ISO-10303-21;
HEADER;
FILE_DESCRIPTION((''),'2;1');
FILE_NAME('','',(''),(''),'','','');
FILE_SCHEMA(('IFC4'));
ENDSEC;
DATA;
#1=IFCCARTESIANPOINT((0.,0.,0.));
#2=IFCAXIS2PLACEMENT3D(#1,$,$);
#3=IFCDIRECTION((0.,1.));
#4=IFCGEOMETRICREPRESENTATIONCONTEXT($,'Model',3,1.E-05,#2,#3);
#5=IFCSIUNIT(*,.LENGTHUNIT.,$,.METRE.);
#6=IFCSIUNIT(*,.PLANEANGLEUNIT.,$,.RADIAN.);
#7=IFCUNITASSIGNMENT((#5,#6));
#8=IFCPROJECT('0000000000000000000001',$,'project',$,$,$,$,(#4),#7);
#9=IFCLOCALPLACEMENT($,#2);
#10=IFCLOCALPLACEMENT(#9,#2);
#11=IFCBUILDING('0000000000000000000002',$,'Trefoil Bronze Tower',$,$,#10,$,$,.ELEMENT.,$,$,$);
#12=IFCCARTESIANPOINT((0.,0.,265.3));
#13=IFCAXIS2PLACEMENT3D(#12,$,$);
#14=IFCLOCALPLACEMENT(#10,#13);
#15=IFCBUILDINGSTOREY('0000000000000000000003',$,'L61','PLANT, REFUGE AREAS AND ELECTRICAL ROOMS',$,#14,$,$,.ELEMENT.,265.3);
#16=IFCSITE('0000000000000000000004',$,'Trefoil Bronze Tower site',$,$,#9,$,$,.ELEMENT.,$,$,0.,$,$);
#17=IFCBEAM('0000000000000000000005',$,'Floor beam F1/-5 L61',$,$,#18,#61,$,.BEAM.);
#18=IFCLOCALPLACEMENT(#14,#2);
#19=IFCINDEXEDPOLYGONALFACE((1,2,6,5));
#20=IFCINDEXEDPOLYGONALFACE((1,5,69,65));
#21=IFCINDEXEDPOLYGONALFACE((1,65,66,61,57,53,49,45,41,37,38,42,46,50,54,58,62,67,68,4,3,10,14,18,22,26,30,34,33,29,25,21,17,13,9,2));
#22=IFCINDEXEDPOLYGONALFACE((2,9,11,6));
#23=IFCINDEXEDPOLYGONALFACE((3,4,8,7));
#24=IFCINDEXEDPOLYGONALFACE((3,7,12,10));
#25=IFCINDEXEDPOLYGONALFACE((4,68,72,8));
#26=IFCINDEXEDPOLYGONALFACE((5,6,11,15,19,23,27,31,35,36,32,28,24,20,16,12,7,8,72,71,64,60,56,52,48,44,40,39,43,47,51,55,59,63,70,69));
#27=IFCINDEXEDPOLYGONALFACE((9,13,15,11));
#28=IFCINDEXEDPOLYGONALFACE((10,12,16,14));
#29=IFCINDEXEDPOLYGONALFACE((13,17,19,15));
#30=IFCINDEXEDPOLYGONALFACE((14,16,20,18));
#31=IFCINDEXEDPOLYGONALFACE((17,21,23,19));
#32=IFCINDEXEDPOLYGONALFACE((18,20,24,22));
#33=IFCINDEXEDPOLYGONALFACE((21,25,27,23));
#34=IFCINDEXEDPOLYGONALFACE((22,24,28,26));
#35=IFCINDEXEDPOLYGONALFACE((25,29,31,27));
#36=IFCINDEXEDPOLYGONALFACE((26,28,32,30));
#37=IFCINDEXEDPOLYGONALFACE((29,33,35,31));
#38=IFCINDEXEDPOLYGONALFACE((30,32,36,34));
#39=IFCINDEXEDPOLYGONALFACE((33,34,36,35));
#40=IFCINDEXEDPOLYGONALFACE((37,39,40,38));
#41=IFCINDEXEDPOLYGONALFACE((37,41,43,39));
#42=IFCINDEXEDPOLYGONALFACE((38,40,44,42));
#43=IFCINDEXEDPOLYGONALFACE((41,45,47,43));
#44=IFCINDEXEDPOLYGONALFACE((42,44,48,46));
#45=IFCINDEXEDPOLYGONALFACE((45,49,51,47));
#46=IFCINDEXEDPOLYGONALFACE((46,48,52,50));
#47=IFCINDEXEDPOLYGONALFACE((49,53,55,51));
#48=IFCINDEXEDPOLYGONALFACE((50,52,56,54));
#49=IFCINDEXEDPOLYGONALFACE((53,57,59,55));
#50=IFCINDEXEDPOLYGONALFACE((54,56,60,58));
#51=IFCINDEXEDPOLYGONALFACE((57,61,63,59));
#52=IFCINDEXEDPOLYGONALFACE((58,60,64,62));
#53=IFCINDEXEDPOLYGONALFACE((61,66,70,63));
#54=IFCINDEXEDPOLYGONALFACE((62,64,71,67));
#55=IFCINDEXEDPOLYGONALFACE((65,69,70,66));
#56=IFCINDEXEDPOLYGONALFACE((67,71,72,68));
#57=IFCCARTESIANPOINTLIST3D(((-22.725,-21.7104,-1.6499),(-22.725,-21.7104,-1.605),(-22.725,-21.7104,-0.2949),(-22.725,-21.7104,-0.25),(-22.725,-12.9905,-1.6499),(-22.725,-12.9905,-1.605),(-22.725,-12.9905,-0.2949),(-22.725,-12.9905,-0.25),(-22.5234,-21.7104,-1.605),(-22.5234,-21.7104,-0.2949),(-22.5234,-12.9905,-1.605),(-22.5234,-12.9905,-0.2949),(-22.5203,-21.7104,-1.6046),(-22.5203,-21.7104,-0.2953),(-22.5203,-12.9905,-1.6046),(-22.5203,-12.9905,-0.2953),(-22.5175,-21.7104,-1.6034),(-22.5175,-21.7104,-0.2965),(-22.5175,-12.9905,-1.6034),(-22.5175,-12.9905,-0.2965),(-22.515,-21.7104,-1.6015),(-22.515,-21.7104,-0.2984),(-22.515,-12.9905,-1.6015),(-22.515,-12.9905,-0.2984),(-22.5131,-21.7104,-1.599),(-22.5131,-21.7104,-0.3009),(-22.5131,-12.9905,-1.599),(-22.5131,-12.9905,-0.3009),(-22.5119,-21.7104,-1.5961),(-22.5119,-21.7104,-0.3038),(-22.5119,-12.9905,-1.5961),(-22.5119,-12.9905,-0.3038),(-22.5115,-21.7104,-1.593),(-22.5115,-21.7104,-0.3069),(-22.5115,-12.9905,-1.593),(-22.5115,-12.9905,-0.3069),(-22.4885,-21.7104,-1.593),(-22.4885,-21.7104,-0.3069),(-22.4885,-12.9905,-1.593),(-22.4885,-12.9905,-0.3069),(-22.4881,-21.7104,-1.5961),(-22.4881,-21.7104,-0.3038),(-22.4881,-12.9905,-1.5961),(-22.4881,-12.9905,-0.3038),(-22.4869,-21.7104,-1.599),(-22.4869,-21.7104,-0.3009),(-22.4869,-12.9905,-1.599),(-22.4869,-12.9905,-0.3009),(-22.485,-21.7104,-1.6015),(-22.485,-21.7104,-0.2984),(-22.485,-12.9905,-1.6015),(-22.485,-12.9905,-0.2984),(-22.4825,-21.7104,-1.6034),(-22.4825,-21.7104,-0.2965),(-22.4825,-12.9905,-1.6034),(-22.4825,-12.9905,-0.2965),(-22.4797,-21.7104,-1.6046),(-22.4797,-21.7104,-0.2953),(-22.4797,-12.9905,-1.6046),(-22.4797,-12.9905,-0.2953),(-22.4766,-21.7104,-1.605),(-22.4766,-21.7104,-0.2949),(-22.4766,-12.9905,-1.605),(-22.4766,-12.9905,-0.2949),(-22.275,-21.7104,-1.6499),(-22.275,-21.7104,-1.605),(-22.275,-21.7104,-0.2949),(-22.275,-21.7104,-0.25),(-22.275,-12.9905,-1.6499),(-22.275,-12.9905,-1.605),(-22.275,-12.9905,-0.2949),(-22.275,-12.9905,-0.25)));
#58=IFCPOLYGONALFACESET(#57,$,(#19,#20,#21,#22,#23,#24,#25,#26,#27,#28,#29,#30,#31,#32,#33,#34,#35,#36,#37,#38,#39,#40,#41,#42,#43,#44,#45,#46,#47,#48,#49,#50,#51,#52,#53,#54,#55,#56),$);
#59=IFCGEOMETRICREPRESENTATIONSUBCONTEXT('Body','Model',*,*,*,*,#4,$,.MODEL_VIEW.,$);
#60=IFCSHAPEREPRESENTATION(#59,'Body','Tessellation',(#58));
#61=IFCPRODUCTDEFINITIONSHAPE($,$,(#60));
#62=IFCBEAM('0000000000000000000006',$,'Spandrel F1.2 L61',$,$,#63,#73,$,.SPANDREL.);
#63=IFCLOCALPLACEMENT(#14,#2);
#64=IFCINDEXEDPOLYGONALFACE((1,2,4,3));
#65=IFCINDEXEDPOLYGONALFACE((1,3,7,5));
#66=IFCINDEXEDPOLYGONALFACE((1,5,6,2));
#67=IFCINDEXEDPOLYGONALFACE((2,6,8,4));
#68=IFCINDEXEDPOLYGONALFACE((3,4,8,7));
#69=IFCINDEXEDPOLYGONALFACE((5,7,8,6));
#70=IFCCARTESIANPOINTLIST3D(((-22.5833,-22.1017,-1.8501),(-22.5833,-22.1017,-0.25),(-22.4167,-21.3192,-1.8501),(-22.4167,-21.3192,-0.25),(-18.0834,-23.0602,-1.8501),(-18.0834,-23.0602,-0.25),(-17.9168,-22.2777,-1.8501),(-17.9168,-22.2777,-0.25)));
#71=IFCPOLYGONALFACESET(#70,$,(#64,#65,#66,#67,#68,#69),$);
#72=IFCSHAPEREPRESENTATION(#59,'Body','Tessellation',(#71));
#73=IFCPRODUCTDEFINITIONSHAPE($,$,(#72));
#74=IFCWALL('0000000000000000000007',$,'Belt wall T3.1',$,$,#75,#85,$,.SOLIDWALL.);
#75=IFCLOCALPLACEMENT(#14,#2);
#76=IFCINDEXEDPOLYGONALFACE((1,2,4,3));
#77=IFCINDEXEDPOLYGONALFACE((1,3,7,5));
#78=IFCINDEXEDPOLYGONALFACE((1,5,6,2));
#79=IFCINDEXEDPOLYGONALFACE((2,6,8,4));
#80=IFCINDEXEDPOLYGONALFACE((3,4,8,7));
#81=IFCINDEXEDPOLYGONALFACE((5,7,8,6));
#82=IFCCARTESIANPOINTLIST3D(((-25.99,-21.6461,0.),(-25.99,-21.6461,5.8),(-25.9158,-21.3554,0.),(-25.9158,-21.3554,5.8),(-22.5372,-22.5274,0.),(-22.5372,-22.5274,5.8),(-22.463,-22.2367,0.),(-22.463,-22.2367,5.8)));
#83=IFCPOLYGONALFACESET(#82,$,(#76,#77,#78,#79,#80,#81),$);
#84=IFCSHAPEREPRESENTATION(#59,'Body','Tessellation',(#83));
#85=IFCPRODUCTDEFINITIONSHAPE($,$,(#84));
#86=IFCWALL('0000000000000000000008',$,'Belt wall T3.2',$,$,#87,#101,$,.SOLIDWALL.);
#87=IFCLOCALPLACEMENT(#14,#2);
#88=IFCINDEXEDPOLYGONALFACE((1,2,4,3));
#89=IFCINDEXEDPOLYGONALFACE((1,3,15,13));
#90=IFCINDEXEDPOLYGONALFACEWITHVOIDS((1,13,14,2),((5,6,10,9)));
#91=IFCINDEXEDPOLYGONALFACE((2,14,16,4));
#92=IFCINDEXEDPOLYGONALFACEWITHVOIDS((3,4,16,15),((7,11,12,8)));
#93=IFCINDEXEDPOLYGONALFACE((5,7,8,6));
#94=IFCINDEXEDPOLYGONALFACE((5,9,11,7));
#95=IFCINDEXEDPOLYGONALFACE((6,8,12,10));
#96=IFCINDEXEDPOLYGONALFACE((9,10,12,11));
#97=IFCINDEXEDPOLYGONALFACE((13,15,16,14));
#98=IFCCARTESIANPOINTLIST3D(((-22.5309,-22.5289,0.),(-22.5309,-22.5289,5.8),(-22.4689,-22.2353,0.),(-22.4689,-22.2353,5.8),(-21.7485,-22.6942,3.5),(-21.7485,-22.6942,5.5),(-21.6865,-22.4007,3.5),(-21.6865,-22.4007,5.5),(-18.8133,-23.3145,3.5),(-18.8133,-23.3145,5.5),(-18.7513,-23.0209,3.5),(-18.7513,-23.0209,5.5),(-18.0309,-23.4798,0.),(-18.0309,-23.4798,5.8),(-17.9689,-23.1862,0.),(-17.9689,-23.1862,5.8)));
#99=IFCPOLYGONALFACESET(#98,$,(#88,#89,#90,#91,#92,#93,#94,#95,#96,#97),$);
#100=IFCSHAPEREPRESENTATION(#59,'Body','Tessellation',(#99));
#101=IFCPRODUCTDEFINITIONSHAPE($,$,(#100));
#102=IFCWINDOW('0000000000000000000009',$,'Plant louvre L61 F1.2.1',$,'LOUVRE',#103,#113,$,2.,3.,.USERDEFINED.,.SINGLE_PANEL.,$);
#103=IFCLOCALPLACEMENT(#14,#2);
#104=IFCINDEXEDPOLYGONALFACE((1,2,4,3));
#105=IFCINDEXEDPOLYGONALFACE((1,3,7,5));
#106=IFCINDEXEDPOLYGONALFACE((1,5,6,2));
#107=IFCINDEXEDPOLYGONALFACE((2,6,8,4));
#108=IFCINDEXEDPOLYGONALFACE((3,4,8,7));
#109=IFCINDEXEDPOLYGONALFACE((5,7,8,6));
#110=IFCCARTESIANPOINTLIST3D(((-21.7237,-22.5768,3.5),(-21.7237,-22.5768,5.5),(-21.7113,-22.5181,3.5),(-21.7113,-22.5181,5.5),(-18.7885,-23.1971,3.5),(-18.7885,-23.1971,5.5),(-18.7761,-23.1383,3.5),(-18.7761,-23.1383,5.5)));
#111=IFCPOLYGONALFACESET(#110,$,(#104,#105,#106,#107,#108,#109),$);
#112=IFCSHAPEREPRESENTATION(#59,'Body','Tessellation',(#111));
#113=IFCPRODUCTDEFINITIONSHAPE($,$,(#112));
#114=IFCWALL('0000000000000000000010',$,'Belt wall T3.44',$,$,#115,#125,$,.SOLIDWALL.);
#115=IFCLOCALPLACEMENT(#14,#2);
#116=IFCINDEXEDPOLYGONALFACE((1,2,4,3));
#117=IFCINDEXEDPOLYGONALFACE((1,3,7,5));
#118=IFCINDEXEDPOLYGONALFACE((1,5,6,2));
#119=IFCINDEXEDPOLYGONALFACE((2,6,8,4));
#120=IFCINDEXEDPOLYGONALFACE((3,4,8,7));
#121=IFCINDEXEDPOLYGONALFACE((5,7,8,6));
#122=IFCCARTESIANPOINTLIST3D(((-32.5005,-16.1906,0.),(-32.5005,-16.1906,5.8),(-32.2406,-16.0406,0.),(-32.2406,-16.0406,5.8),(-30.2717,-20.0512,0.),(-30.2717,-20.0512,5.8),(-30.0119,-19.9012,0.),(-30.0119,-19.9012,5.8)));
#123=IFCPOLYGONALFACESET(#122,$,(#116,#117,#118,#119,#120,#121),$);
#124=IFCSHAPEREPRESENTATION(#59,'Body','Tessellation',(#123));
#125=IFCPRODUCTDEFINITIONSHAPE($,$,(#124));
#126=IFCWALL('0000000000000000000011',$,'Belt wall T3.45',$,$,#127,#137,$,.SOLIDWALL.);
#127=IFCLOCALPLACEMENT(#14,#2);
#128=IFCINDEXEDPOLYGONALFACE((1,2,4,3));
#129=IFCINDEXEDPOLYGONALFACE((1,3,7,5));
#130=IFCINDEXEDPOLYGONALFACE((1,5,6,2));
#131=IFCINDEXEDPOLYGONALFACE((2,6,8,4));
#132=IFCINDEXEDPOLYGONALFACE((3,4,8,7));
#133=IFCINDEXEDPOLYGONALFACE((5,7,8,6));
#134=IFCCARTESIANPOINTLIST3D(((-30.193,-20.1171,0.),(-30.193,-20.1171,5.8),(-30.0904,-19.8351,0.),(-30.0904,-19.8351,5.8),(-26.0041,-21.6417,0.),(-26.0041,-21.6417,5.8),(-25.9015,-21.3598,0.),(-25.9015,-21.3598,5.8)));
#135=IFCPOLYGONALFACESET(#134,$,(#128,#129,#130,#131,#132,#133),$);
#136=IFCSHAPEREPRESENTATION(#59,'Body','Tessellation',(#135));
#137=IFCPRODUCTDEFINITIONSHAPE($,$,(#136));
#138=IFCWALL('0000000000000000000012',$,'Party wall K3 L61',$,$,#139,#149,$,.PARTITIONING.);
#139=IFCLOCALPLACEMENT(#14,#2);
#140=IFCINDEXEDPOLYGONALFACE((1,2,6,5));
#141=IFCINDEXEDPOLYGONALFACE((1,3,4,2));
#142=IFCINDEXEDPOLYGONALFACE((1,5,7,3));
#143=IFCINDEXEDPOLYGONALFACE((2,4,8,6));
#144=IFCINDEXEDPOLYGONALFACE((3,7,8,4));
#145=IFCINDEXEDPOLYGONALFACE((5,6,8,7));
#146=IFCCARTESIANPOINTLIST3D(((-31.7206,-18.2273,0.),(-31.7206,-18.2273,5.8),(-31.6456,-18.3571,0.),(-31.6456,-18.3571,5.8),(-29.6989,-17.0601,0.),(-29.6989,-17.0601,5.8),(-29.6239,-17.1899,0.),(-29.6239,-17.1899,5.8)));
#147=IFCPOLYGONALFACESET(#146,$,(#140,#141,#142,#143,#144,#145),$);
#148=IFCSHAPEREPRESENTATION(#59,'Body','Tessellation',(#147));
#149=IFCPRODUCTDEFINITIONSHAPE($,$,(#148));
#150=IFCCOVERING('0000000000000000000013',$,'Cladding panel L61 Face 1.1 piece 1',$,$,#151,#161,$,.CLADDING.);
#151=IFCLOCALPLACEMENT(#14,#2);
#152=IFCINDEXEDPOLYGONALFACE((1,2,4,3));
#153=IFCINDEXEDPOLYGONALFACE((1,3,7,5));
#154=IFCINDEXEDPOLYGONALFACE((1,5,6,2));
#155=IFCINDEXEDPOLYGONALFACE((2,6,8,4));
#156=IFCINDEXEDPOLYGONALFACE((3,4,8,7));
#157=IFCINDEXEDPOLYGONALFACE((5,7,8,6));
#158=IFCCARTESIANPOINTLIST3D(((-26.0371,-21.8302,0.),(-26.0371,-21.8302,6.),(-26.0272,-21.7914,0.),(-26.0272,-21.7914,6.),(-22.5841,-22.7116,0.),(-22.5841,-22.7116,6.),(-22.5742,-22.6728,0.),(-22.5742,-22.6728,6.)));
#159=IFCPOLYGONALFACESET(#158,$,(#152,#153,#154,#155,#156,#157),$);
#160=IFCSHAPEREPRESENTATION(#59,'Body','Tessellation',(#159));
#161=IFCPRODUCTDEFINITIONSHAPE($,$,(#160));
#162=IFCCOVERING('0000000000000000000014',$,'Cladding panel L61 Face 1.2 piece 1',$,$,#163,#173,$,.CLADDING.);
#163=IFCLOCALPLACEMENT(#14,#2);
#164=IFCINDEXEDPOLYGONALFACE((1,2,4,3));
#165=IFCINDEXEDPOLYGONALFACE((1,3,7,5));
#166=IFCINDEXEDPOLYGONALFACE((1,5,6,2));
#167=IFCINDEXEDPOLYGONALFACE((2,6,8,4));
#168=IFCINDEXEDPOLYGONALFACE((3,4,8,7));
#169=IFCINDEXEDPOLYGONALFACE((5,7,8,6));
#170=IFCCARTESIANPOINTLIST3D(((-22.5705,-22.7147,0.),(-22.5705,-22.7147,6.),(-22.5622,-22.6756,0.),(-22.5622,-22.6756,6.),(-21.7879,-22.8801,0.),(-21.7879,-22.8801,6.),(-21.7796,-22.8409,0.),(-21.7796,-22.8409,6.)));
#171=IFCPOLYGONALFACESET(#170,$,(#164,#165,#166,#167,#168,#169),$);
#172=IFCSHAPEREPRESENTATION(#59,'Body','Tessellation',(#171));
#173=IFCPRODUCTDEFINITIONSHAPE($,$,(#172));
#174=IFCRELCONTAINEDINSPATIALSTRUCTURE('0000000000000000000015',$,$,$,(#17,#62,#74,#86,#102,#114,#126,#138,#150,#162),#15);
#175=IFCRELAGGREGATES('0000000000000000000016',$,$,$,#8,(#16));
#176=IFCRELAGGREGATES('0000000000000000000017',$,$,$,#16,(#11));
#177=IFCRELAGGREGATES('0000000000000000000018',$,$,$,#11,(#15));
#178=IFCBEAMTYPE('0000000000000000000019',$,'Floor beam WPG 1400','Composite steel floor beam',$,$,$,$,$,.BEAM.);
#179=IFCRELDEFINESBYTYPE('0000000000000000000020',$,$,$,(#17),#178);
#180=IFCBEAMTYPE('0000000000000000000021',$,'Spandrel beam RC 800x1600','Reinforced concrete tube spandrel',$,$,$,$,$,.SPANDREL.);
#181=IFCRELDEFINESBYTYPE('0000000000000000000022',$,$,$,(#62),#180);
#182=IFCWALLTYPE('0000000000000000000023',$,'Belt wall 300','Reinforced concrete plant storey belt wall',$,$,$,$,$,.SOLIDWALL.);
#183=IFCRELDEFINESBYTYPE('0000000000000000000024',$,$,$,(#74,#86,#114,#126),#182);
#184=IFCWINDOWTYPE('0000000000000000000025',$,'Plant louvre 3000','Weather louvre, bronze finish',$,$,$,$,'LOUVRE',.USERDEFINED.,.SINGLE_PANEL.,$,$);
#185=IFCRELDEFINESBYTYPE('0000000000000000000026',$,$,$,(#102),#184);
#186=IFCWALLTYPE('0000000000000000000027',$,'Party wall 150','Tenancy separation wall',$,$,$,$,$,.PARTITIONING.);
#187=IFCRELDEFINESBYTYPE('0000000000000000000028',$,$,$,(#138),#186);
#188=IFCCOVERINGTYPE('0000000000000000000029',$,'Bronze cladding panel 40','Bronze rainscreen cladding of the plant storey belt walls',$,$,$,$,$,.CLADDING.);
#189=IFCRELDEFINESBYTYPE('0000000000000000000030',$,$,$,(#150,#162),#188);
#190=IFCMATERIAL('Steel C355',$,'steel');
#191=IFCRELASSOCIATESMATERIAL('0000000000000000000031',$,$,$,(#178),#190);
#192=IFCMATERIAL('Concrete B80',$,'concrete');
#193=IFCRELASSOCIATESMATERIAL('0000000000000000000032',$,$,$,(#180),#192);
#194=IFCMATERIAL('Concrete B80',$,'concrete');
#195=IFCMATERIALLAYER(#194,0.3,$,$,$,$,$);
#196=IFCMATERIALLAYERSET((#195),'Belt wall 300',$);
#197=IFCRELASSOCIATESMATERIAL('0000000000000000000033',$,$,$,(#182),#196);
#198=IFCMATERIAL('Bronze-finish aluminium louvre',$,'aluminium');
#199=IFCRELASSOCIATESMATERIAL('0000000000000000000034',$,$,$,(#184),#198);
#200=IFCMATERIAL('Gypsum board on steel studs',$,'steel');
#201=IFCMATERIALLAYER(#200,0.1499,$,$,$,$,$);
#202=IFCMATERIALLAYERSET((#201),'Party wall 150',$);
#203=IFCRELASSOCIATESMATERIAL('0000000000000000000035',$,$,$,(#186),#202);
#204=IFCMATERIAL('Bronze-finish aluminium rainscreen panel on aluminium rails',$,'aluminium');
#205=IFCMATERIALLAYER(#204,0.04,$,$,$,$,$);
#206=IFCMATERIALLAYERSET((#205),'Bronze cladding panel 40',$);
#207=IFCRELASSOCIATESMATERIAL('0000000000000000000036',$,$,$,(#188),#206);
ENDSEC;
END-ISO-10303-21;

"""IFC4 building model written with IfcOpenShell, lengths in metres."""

from ifc_helpers import new_model, si_unit, direction, frame, frame_2d, origin, origin_2d, place, context, subcontext, project, spatial, rectangle, i_section, extrude, material, layer, layer_set, material_profile, profile_set, type_object, element, fill, save


model = new_model("IFC4")

# Units and contexts
model_context = context("Model", 3, precision=1e-05, world=origin(), true_north=direction((0.0, 1.0)))
body_context = subcontext(model_context, "Body", "Model", "MODEL_VIEW")
ifc_project = project(units=[si_unit("LENGTHUNIT", "METRE"), si_unit("PLANEANGLEUNIT", "RADIAN")], contexts=[model_context])

# Site, building, storey
site_placement = place(None, origin())
site = spatial("IfcSite", under=ifc_project, at=site_placement, Name="Trefoil Bronze Tower site", CompositionType="ELEMENT", RefElevation=0.0)
building_placement = place(site_placement, origin())
building = spatial("IfcBuilding", under=site, at=building_placement, Name="Trefoil Bronze Tower", CompositionType="ELEMENT")
storey_placement = place(building_placement, frame((0.0, 0.0, 265.3)))
storey = spatial("IfcBuildingStorey", under=building, at=storey_placement, Name="L61", Description="PLANT, REFUGE AREAS AND ELECTRICAL ROOMS", CompositionType="ELEMENT", Elevation=265.3)

# Beams
ifc_material_1 = material(Name="Steel C355", Category="steel")
ifc_material_profile_1 = material_profile(ifc_material_1, i_section(OverallWidth=0.45, OverallDepth=1.3999, WebThickness=0.0229, FlangeThickness=0.0449, FilletRadius=0.012, at=origin_2d()), Name="WPG 1400")
ifc_profile_set_1 = profile_set([ifc_material_profile_1], Name="Steel C355")
beam_type_1 = type_object("IfcBeamType", Name="Floor beam WPG 1400", Description="Composite steel floor beam", PredefinedType="BEAM", material=ifc_profile_set_1)
beam_1_placement = place(storey_placement, frame((-22.5, -21.7104, -0.95), z_axis=(0.0, 1.0, 0.0), x_axis=(-1.0, 0.0, 0.0)))
element("IfcBeam", 1, at=beam_1_placement, inside=storey, type_object=beam_type_1, Name="Floor beam F1/-5 L61", PredefinedType="BEAM", context=body_context, shape_type="SweptSolid", body=[
    extrude(i_section(OverallWidth=0.45, OverallDepth=1.3999, WebThickness=0.0229, FlangeThickness=0.0449, FilletRadius=0.012, at=origin_2d()), origin(), (0.0, 0.0, 1.0), 8.72),
])
ifc_material_2 = material(Name="Concrete B80", Category="concrete")
ifc_material_profile_2 = material_profile(ifc_material_2, rectangle(XDim=0.8, YDim=1.6001, at=origin_2d()), Name="RC 800x1600")
ifc_profile_set_2 = profile_set([ifc_material_profile_2], Name="Concrete B80")
beam_type_2 = type_object("IfcBeamType", Name="Spandrel beam RC 800x1600", Description="Reinforced concrete tube spandrel", PredefinedType="SPANDREL", material=ifc_profile_set_2)
beam_2_placement = place(storey_placement, frame((-22.5, -21.7104, -1.05), z_axis=(0.978059, -0.208326, 0.0), x_axis=(0.208326, 0.978059, 0.0)))
element("IfcBeam", 2, at=beam_2_placement, inside=storey, type_object=beam_type_2, Name="Spandrel F1.2 L61", PredefinedType="SPANDREL", context=body_context, shape_type="SweptSolid", body=[
    extrude(rectangle(XDim=0.8, YDim=1.6001, at=origin_2d()), origin(), (0.0, 0.0, 1.0), 4.6008),
])

# Wall
ifc_material_3 = material(Name="Concrete B80", Category="concrete")
ifc_layer_1 = layer(ifc_material_3, 0.3)
ifc_layer_set_1 = layer_set([ifc_layer_1], Name="Belt wall 300")
wall_type_1 = type_object("IfcWallType", Name="Belt wall 300", Description="Reinforced concrete plant storey belt wall", PredefinedType="SOLIDWALL", material=ifc_layer_set_1)
wall_1_placement = place(storey_placement, frame((-25.9529, -21.5007, 0.0), z_axis=(0.0, 0.0, 1.0), x_axis=(0.968934, -0.24732, 0.0)))
element("IfcWall", 3, at=wall_1_placement, inside=storey, type_object=wall_type_1, Name="Belt wall T3.1", PredefinedType="SOLIDWALL", context=body_context, shape_type="SweptSolid", body=[
    extrude(rectangle(XDim=3.5635, YDim=0.3, at=frame_2d((1.7817, 0.0))), origin(), (0.0, 0.0, 1.0), 5.8),
])

# Wall, opening, window
wall_2_placement = place(storey_placement, frame((-22.5, -22.3821, 0.0), z_axis=(0.0, 0.0, 1.0), x_axis=(0.978393, -0.206751, 0.0)))
wall_2 = element("IfcWall", 4, at=wall_2_placement, inside=storey, type_object=wall_type_1, Name="Belt wall T3.2", PredefinedType="SOLIDWALL", context=body_context, shape_type="SweptSolid", body=[
    extrude(rectangle(XDim=4.5994, YDim=0.3, at=frame_2d((2.2998, 0.0))), origin(), (0.0, 0.0, 1.0), 5.8),
])
opening_placement = place(wall_2_placement, frame((0.7998, 0.0, 3.5)))
opening = element("IfcOpeningElement", 5, at=opening_placement, cuts=wall_2, PredefinedType="OPENING", context=body_context, shape_type="SweptSolid", body=[
    extrude(rectangle(XDim=3.0, YDim=2.0, at=frame_2d((1.5, 1.0))), frame((0.0, 0.1599, 0.0), z_axis=(0.0, -1.0, 0.0), x_axis=(1.0, 0.0, 0.0)), (0.0, 0.0, 1.0), 0.3201),
])
ifc_material_4 = material(Name="Bronze-finish aluminium louvre", Category="aluminium")
window_type = type_object("IfcWindowType", Name="Plant louvre 3000", Description="Weather louvre, bronze finish", ElementType="LOUVRE", PartitioningType="SINGLE_PANEL", PredefinedType="USERDEFINED", material=ifc_material_4)
window_placement = place(opening_placement, origin())
window = element("IfcWindow", 6, at=window_placement, inside=storey, type_object=window_type, Name="Plant louvre L61 F1.2.1", ObjectType="LOUVRE", OverallHeight=2.0, OverallWidth=3.0, PartitioningType="SINGLE_PANEL", PredefinedType="USERDEFINED", context=body_context, shape_type="SweptSolid", body=[
    extrude(rectangle(XDim=3.0, YDim=2.0, at=frame_2d((1.5, 1.0))), frame((0.0, 0.03, 0.0), z_axis=(0.0, -1.0, 0.0), x_axis=(1.0, 0.0, 0.0)), (0.0, 0.0, 1.0), 0.0601),
])
fill(opening, window)

# Walls
for number, where, z_axis, x_axis, name in (
    (7, (-32.3706, -16.1155, 0.0), (0.0, 0.0, 1.0), (0.499974, -0.866041, 0.0), "Belt wall T3.44"),
    (8, (-30.1418, -19.9761, 0.0), (0.0, 0.0, 1.0), (0.939693, -0.34202, 0.0), "Belt wall T3.45"),
):
    element("IfcWall", number, at=place(storey_placement, frame(where, z_axis=z_axis, x_axis=x_axis)), inside=storey, type_object=wall_type_1, Name=name, PredefinedType="SOLIDWALL", context=body_context, shape_type="SweptSolid", body=[
        extrude(rectangle(XDim=4.4578, YDim=0.3, at=frame_2d((2.229, 0.0))), origin(), (0.0, 0.0, 1.0), 5.8),
    ])
ifc_material_5 = material(Name="Gypsum board on steel studs", Category="steel")
ifc_layer_2 = layer(ifc_material_5, 0.1499)
ifc_layer_set_2 = layer_set([ifc_layer_2], Name="Party wall 150")
wall_type_2 = type_object("IfcWallType", Name="Party wall 150", Description="Tenancy separation wall", PredefinedType="PARTITIONING", material=ifc_layer_set_2)
wall_3_placement = place(storey_placement, frame((-29.6614, -17.125, 0.0), z_axis=(0.0, 0.0, 1.0), x_axis=(-0.866027, -0.499997, 0.0)))
element("IfcWall", 9, at=wall_3_placement, inside=storey, type_object=wall_type_2, Name="Party wall K3 L61", PredefinedType="PARTITIONING", context=body_context, shape_type="SweptSolid", body=[
    extrude(rectangle(XDim=2.3345, YDim=0.1499, at=frame_2d((1.1672, 0.0))), origin(), (0.0, 0.0, 1.0), 5.8),
])

# Coverings
ifc_material_6 = material(Name="Bronze-finish aluminium rainscreen panel on aluminium rails", Category="aluminium")
ifc_layer_3 = layer(ifc_material_6, 0.04)
ifc_layer_set_3 = layer_set([ifc_layer_3], Name="Bronze cladding panel 40")
covering_type_1 = type_object("IfcCoveringType", Name="Bronze cladding panel 40", Description="Bronze rainscreen cladding of the plant storey belt walls", PredefinedType="CLADDING", material=ifc_layer_set_3)
covering_1_placement = place(storey_placement, frame((-24.3057, -22.2515, 0.0), z_axis=(0.0, 0.0, 1.0), x_axis=(0.968934, -0.247319, 0.0)))
element("IfcCovering", 10, at=covering_1_placement, inside=storey, type_object=covering_type_1, Name="Cladding panel L61 Face 1.1 piece 1", PredefinedType="CLADDING", context=body_context, shape_type="SweptSolid", body=[
    extrude(rectangle(XDim=3.5637, YDim=0.04, at=origin_2d()), origin(), (0.0, 0.0, 1.0), 6.0),
])
covering_2_placement = place(storey_placement, frame((-22.175, -22.7778, 0.0), z_axis=(0.0, 0.0, 1.0), x_axis=(0.978394, -0.206747, 0.0)))
element("IfcCovering", 11, at=covering_2_placement, inside=storey, type_object=covering_type_1, Name="Cladding panel L61 Face 1.2 piece 1", PredefinedType="CLADDING", context=body_context, shape_type="SweptSolid", body=[
    extrude(rectangle(XDim=0.7998, YDim=0.04, at=origin_2d()), origin(), (0.0, 0.0, 1.0), 6.0),
])

save(model, "model.ifc")
